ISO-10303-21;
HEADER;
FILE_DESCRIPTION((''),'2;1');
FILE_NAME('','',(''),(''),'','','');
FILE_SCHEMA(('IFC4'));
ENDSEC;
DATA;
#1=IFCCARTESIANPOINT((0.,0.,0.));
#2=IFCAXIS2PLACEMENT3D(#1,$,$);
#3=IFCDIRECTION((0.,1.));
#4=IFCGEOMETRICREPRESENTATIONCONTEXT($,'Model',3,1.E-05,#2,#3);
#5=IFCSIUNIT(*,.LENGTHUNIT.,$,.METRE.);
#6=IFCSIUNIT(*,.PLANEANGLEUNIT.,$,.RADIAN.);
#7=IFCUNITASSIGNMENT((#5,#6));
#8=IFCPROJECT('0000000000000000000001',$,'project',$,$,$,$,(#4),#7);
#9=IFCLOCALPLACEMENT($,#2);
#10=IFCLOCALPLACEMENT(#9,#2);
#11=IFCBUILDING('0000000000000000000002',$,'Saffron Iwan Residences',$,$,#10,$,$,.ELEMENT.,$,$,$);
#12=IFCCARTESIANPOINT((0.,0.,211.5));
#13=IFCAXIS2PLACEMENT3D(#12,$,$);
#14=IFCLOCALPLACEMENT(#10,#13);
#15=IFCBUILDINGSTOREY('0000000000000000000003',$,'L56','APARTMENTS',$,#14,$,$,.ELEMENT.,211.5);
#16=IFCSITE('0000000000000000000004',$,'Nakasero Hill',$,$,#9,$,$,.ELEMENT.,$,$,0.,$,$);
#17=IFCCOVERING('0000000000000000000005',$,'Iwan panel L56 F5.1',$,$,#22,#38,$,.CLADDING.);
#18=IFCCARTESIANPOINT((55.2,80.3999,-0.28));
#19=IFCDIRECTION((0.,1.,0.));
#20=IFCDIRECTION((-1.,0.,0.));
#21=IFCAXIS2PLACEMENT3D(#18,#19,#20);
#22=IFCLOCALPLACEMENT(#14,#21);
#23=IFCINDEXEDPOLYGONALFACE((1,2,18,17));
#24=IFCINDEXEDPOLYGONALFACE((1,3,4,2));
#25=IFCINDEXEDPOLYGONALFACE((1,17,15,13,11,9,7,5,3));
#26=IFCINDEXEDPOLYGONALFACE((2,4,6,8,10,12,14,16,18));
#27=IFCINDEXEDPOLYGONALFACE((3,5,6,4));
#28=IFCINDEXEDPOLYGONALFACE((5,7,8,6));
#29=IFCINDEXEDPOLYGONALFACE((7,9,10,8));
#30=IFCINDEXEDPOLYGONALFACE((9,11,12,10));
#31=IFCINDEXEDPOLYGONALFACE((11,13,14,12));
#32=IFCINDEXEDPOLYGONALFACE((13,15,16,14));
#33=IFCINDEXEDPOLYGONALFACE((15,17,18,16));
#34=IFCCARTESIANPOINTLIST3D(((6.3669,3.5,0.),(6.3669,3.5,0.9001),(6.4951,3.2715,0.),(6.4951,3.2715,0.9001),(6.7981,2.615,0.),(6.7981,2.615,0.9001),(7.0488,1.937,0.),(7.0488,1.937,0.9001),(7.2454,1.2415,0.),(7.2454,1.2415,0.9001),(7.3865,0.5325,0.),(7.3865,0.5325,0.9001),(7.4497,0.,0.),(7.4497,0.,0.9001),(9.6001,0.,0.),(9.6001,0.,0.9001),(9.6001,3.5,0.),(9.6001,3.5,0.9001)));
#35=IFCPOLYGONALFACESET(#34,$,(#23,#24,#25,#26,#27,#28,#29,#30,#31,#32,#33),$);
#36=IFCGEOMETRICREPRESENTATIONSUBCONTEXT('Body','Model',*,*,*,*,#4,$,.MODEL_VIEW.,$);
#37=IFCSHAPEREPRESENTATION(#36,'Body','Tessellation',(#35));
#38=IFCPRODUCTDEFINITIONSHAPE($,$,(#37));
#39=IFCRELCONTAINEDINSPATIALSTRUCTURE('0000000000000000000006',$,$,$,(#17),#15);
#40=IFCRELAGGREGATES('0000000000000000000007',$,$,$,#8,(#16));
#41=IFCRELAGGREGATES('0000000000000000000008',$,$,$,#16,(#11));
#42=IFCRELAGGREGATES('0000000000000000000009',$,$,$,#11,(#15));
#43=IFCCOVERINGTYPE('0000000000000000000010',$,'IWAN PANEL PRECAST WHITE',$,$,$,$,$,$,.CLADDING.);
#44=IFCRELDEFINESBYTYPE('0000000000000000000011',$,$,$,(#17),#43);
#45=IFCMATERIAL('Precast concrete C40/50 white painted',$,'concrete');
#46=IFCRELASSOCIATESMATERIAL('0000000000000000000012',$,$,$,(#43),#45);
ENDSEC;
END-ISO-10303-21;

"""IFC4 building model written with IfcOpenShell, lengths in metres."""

from ifc_helpers import new_model, si_unit, direction, frame, origin, place, context, subcontext, project, spatial, polyline, outline, extrude, material, type_object, element, save


model = new_model("IFC4")

# Units and contexts
model_context = context("Model", 3, precision=1e-05, world=origin(), true_north=direction((0.0, 1.0)))
body_context = subcontext(model_context, "Body", "Model", "MODEL_VIEW")
ifc_project = project(units=[si_unit("LENGTHUNIT", "METRE"), si_unit("PLANEANGLEUNIT", "RADIAN")], contexts=[model_context])

# Site, building, storey
site_placement = place(None, origin())
site = spatial("IfcSite", under=ifc_project, at=site_placement, Name="Nakasero Hill", CompositionType="ELEMENT", RefElevation=0.0)
building_placement = place(site_placement, origin())
building = spatial("IfcBuilding", under=site, at=building_placement, Name="Saffron Iwan Residences", CompositionType="ELEMENT")
storey_placement = place(building_placement, frame((0.0, 0.0, 211.5)))
storey = spatial("IfcBuildingStorey", under=building, at=storey_placement, Name="L56", Description="APARTMENTS", CompositionType="ELEMENT", Elevation=211.5)

# Covering
ifc_material_1 = material(Name="Precast concrete C40/50 white painted", Category="concrete")
covering_type = type_object("IfcCoveringType", Name="IWAN PANEL PRECAST WHITE", PredefinedType="CLADDING", material=ifc_material_1)
covering_1_placement = place(storey_placement, frame((55.2, 80.3999, -0.28), z_axis=(0.0, 1.0, 0.0), x_axis=(-1.0, 0.0, 0.0)))
element("IfcCovering", 1, at=covering_1_placement, inside=storey, type_object=covering_type, Name="Iwan panel L56 F5.1", PredefinedType="CLADDING", context=body_context, shape_type="SweptSolid", body=[
    extrude(outline(polyline([(9.6001, 3.5), (9.6001, 0.0), (7.4497, 0.0), (7.3865, 0.5325), (7.2454, 1.2415), (7.0488, 1.937), (6.7981, 2.615), (6.4951, 3.2715), (6.3669, 3.5), (9.6001, 3.5)])), origin(), (0.0, 0.0, 1.0), 0.9001),
])

save(model, "model.ifc")
